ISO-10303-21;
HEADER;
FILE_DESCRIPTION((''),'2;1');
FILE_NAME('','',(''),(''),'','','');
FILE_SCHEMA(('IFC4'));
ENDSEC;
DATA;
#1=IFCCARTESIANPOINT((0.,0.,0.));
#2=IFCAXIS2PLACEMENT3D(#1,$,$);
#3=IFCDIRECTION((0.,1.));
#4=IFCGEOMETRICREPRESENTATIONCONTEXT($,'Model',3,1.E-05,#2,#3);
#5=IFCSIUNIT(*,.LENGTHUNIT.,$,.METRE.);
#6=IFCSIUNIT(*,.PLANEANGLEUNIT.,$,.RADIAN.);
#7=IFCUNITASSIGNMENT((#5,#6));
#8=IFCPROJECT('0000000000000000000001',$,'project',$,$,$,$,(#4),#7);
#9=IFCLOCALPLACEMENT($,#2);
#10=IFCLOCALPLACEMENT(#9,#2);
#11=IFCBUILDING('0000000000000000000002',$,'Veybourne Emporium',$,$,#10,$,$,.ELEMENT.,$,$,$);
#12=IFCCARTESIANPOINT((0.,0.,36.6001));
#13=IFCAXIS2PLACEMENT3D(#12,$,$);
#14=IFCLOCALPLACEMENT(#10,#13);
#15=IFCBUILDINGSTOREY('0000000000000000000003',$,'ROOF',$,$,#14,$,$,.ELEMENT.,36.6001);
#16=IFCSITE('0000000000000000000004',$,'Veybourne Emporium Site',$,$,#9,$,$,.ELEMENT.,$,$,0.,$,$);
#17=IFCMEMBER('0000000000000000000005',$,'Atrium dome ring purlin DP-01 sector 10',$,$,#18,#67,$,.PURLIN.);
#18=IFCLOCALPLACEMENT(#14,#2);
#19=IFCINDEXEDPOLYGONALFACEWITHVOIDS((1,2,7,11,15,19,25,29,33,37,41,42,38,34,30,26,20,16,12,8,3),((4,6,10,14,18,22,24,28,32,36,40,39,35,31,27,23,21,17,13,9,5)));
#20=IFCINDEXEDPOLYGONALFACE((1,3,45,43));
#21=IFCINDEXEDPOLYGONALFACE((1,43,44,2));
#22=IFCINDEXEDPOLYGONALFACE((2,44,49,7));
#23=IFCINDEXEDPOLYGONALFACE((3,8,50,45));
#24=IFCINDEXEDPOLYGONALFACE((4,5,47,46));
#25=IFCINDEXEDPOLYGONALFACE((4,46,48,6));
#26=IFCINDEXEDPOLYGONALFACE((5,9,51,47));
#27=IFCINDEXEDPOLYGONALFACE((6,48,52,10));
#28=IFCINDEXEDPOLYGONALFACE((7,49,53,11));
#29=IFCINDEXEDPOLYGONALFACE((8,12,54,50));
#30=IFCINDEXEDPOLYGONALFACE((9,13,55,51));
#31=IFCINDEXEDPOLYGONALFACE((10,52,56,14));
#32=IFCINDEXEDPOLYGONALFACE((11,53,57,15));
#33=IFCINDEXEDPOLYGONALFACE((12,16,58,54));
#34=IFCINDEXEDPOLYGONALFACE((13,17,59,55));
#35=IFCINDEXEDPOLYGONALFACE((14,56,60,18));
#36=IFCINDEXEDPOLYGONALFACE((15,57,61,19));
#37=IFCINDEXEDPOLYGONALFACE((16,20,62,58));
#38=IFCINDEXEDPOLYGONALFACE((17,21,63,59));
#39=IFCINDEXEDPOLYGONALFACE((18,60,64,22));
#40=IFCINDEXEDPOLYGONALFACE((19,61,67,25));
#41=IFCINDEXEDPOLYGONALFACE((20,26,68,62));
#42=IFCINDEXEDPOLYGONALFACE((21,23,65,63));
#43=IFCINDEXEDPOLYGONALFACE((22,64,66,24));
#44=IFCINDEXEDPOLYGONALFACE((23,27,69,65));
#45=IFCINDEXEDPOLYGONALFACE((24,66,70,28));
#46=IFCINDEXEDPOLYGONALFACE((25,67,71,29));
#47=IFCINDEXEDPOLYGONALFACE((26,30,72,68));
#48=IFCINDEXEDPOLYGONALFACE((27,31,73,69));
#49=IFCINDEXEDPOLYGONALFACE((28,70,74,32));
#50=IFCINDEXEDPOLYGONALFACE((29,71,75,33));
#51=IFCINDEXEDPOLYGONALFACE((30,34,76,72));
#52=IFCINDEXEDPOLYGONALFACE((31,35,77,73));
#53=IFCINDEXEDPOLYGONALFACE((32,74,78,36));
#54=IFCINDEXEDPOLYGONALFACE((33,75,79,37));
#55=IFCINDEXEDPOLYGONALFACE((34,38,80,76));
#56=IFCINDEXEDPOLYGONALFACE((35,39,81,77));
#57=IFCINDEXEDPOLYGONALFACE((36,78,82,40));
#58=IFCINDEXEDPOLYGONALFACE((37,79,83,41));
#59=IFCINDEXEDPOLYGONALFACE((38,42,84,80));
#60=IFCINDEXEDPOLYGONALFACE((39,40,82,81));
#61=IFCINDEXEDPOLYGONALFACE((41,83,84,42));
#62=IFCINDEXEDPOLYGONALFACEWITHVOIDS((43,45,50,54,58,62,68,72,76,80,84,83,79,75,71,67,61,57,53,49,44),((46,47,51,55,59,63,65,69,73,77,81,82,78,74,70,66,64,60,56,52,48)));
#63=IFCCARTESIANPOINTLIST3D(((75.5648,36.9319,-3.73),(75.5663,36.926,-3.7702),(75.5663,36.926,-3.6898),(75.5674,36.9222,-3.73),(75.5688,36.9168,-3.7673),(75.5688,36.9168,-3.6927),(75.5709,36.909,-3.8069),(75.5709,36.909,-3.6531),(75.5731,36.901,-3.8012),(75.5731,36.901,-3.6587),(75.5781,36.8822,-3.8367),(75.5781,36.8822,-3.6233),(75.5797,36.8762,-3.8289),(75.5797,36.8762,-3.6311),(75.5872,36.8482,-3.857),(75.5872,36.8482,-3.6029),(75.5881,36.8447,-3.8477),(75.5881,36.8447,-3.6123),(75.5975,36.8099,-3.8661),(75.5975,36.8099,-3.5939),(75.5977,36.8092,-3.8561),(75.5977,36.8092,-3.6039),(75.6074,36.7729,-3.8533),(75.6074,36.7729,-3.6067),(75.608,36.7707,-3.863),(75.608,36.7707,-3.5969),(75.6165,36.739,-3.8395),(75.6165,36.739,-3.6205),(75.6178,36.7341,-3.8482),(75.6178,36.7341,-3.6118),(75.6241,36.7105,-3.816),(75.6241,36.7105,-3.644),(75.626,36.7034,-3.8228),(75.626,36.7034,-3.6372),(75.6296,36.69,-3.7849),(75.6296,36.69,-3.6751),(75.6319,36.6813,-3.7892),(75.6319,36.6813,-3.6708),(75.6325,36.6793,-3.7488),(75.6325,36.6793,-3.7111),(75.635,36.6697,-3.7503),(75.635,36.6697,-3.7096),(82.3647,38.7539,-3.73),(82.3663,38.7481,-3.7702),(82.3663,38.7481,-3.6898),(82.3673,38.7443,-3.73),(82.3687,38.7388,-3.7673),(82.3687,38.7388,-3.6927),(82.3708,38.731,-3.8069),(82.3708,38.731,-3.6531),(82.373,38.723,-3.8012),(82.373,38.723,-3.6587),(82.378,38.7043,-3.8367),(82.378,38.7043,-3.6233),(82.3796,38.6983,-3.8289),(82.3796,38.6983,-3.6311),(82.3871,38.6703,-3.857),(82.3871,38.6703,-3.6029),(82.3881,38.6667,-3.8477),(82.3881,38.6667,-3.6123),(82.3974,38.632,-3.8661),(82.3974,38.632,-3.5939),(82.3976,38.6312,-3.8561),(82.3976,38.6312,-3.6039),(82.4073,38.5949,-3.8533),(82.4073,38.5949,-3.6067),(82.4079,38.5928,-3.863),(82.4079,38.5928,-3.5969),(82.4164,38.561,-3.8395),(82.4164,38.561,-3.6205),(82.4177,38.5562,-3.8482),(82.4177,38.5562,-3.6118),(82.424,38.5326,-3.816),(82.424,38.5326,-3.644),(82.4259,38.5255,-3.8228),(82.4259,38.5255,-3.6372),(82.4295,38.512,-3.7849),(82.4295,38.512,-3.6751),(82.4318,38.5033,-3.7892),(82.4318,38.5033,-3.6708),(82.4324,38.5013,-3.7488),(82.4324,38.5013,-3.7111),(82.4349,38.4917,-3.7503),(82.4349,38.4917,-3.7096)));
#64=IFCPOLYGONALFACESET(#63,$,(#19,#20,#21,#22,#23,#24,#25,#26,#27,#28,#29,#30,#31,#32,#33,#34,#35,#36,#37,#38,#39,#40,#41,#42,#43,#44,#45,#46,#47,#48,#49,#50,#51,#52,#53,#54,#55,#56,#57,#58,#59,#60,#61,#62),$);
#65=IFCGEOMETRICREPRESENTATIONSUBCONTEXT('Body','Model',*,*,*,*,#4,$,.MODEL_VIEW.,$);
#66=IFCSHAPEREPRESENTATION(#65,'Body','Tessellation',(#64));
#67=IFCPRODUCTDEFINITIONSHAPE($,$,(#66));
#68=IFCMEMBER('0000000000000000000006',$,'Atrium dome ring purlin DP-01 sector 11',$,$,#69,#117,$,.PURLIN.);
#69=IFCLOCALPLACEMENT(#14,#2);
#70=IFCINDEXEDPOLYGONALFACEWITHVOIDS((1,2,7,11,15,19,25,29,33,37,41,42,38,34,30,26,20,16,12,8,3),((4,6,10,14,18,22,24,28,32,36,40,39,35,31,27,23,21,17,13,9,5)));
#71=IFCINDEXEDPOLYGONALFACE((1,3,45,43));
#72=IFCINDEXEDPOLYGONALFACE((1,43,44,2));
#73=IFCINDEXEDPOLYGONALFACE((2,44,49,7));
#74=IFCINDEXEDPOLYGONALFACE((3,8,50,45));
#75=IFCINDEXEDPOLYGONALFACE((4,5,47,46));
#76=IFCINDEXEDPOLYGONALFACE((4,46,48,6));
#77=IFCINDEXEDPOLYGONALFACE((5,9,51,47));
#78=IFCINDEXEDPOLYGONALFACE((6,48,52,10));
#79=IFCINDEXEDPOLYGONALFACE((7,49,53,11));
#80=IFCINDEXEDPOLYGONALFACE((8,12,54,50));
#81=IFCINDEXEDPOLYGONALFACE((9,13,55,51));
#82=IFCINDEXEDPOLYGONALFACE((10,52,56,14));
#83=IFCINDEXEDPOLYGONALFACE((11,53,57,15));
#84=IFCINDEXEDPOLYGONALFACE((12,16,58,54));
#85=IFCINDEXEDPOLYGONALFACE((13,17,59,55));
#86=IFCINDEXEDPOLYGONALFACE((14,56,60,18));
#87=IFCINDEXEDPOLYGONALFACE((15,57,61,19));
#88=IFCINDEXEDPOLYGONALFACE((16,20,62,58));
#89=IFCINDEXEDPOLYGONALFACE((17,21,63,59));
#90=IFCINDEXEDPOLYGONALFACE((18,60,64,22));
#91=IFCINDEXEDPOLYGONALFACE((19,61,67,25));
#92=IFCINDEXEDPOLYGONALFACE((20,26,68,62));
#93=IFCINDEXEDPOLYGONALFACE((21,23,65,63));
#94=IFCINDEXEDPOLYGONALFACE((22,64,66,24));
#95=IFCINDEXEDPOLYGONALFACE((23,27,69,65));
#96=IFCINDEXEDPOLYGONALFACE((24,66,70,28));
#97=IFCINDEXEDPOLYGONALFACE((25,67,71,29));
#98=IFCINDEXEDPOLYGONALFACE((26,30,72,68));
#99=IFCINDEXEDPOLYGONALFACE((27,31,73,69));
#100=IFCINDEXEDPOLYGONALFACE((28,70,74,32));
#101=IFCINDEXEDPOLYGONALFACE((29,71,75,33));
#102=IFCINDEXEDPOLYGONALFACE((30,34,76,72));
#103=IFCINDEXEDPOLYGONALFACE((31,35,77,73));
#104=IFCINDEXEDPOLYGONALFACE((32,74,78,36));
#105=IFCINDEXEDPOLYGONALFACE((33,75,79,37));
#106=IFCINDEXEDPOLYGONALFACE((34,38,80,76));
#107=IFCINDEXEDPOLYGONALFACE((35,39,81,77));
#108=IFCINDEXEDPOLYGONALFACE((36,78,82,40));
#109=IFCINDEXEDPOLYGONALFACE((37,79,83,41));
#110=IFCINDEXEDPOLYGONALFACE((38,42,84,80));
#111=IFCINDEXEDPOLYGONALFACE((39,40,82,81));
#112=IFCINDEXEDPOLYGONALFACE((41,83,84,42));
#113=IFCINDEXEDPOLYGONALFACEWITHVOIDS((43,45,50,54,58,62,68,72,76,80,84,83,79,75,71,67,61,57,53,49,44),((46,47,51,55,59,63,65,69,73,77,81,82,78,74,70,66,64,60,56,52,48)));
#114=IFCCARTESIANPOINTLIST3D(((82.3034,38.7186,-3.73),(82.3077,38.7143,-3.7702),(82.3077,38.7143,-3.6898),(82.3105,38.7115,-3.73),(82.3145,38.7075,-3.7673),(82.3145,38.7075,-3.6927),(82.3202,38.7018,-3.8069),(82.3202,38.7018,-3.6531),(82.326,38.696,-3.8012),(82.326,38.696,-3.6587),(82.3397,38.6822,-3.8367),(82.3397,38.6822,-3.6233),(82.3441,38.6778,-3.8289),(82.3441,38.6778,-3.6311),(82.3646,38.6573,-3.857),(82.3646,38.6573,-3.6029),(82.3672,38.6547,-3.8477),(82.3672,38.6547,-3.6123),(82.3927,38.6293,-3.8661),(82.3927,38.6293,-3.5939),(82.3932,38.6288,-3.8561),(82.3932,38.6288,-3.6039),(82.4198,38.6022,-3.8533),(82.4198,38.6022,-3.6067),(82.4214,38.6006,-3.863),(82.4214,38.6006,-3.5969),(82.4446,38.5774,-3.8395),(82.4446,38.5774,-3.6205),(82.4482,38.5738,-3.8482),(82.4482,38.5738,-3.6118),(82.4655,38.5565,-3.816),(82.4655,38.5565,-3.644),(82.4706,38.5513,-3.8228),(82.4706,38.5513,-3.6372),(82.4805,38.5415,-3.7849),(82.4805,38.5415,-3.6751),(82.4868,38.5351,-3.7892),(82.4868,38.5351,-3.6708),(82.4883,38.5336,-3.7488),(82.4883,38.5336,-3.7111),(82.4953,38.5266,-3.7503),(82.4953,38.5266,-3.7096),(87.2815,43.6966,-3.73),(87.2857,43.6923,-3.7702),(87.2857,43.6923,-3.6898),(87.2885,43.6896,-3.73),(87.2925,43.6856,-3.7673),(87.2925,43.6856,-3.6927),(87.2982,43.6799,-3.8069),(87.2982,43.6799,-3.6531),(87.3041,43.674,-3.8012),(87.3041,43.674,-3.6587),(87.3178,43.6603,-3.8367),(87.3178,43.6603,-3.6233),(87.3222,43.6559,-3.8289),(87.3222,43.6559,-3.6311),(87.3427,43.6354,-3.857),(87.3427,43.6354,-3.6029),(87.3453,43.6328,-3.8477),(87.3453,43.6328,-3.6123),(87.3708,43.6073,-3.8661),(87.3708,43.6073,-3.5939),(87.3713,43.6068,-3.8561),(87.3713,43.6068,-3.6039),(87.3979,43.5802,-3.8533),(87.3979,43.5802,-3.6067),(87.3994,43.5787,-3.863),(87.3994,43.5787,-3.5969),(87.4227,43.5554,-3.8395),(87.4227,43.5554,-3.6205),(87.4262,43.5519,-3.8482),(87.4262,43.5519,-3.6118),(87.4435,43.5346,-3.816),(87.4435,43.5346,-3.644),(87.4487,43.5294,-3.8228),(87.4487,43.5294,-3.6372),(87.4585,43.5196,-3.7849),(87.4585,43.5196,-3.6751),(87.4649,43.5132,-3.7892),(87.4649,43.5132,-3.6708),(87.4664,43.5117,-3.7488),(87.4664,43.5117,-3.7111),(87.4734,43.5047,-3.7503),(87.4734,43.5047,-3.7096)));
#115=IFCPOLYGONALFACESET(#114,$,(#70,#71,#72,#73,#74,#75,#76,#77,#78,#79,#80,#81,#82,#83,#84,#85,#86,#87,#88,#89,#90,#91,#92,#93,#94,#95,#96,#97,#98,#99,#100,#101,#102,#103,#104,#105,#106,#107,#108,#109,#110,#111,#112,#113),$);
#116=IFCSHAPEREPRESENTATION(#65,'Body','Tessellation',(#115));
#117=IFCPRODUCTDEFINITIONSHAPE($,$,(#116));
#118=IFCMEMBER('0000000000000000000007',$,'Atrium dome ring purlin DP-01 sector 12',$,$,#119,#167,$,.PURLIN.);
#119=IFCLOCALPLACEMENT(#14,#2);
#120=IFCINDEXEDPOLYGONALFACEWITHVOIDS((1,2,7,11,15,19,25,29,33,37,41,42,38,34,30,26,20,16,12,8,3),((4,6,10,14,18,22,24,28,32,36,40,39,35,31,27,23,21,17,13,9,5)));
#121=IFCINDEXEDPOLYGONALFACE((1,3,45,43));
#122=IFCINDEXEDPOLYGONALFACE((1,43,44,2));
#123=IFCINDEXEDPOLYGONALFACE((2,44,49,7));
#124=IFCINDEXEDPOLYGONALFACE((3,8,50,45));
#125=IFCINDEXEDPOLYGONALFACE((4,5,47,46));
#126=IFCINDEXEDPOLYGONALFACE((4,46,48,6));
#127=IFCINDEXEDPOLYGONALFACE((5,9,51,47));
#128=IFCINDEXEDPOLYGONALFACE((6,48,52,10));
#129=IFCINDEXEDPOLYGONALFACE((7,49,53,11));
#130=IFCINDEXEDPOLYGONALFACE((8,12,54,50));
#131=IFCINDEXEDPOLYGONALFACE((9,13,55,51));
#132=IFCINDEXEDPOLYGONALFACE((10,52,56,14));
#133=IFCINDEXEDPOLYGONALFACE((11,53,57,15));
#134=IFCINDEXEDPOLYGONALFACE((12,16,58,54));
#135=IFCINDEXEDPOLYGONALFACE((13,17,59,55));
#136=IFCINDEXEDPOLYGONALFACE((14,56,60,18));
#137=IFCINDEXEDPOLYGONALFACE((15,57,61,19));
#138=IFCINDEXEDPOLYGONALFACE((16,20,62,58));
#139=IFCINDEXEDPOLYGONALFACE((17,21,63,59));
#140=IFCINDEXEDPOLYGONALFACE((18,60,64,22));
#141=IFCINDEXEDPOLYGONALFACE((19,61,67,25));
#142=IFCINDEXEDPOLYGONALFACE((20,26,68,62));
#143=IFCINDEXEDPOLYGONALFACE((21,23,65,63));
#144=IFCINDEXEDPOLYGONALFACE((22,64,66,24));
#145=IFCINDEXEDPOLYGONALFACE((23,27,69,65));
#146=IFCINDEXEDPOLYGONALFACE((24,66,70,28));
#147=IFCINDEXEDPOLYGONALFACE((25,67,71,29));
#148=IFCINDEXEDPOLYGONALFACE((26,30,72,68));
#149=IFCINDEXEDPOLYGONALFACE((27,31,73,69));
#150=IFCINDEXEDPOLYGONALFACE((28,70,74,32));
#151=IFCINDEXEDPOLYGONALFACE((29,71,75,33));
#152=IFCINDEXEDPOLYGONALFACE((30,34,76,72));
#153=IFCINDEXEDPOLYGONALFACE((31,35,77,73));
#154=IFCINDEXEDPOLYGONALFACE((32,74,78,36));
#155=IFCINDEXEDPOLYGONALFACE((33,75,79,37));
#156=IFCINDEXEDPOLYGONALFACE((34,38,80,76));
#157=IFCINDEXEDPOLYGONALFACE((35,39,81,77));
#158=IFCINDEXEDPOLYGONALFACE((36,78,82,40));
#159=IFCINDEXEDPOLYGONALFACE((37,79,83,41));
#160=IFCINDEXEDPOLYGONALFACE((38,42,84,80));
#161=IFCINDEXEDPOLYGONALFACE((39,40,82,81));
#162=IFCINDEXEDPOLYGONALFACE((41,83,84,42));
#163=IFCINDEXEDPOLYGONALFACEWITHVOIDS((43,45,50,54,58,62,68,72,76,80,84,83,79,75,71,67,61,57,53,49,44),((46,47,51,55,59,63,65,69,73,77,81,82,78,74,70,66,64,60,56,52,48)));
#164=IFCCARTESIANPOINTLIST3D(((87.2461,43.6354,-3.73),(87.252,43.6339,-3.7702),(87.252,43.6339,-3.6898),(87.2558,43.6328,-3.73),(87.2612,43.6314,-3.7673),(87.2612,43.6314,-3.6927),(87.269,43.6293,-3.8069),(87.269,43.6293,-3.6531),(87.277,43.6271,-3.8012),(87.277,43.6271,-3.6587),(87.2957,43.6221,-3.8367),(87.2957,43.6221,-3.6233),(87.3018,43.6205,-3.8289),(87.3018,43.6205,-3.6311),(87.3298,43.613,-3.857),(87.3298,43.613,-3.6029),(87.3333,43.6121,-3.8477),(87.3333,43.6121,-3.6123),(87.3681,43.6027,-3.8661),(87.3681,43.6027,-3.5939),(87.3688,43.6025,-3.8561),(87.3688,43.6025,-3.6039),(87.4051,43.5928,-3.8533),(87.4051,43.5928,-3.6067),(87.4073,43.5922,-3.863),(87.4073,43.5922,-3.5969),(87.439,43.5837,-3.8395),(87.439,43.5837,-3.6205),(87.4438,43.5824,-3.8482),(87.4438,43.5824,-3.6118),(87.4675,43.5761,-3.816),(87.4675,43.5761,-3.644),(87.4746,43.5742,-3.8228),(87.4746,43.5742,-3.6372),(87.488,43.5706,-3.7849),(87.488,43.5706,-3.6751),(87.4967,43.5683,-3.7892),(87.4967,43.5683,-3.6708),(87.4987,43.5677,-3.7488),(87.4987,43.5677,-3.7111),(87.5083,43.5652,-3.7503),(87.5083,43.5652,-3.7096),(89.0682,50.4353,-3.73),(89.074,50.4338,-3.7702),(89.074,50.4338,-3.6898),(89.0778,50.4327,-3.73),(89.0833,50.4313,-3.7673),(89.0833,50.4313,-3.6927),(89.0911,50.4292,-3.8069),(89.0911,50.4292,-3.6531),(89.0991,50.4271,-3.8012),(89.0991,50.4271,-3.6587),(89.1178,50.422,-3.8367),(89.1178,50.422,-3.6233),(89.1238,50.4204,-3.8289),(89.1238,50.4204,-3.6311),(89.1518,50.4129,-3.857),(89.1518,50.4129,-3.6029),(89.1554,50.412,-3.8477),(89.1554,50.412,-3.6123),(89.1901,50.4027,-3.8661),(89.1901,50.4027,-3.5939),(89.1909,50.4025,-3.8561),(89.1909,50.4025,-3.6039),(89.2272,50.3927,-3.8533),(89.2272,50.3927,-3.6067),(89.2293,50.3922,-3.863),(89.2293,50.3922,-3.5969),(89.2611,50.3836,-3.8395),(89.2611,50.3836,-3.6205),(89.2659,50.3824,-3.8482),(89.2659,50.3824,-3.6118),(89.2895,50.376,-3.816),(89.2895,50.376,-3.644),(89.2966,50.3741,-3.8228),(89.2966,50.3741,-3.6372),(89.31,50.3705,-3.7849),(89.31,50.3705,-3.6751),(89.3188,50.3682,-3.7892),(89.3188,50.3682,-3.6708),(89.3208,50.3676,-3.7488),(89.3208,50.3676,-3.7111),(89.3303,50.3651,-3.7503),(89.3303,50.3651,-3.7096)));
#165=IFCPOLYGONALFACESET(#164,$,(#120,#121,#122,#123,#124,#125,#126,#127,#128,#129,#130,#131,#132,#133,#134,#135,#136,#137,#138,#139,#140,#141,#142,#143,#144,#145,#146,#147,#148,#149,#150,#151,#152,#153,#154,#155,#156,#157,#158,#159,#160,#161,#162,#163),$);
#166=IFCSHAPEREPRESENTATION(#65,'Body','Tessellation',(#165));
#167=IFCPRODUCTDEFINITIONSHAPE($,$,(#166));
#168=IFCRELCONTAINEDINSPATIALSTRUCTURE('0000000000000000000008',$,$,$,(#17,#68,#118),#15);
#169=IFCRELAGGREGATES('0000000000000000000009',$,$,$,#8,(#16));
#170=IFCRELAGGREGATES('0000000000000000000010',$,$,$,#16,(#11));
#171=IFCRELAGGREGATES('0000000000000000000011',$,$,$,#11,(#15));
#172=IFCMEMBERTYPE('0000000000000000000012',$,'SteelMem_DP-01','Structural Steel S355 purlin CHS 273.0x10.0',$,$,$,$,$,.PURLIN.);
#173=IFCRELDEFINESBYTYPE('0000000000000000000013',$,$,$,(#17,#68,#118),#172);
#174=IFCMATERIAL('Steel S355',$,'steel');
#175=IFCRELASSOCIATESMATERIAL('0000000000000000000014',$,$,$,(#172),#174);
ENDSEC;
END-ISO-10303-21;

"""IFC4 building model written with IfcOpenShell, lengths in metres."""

from ifc_helpers import new_model, si_unit, direction, frame, origin, origin_2d, place, context, subcontext, project, spatial, hollow_circle, extrude, material, material_profile, profile_set, type_object, element, save


model = new_model("IFC4")

# Units and contexts
model_context = context("Model", 3, precision=1e-05, world=origin(), true_north=direction((0.0, 1.0)))
body_context = subcontext(model_context, "Body", "Model", "MODEL_VIEW")
ifc_project = project(units=[si_unit("LENGTHUNIT", "METRE"), si_unit("PLANEANGLEUNIT", "RADIAN")], contexts=[model_context])

# Site, building, storey
site_placement = place(None, origin())
site = spatial("IfcSite", under=ifc_project, at=site_placement, Name="Veybourne Emporium Site", CompositionType="ELEMENT", RefElevation=0.0)
building_placement = place(site_placement, origin())
building = spatial("IfcBuilding", under=site, at=building_placement, Name="Veybourne Emporium", CompositionType="ELEMENT")
storey_placement = place(building_placement, frame((0.0, 0.0, 36.6001)))
storey = spatial("IfcBuildingStorey", under=building, at=storey_placement, Name="ROOF", CompositionType="ELEMENT", Elevation=36.6001)

# Shared definitions
ifc_material_1 = material(Name="Steel S355", Category="steel")

# Members
ifc_material_profile_1 = material_profile(ifc_material_1, hollow_circle(Radius=0.1365, WallThickness=0.01, at=origin_2d()), Name="CHS 273.0x10.0")
ifc_profile_set_1 = profile_set([ifc_material_profile_1], Name="Steel S355")
member_type_1 = type_object("IfcMemberType", Name="SteelMem_DP-01", Description="Structural Steel S355 purlin CHS 273.0x10.0", PredefinedType="PURLIN", material=ifc_profile_set_1)
member_1_placement = place(storey_placement, frame((75.6001, 36.8, -3.73), z_axis=(0.965925, 0.258822, 0.0), x_axis=(-0.258822, 0.965925, 0.0)))
element("IfcMember", 1, at=member_1_placement, inside=storey, type_object=member_type_1, Name="Atrium dome ring purlin DP-01 sector 10", PredefinedType="PURLIN", context=body_context, shape_type="SweptSolid", body=[
    extrude(hollow_circle(Radius=0.1365, WallThickness=0.01, at=origin_2d()), origin(), (0.0, 0.0, 1.0), 7.0398),
])
member_2_placement = place(storey_placement, frame((82.3999, 38.6221, -3.73), z_axis=(0.707107, 0.707107, 0.0), x_axis=(-0.707107, 0.707107, 0.0)))
element("IfcMember", 2, at=member_2_placement, inside=storey, type_object=member_type_1, Name="Atrium dome ring purlin DP-01 sector 11", PredefinedType="PURLIN", context=body_context, shape_type="SweptSolid", body=[
    extrude(hollow_circle(Radius=0.1365, WallThickness=0.01, at=origin_2d()), origin(), (0.0, 0.0, 1.0), 7.04),
])
member_3_placement = place(storey_placement, frame((87.3779, 43.6001, -3.73), z_axis=(0.258822, 0.965925, 0.0), x_axis=(-0.965925, 0.258822, 0.0)))
element("IfcMember", 3, at=member_3_placement, inside=storey, type_object=member_type_1, Name="Atrium dome ring purlin DP-01 sector 12", PredefinedType="PURLIN", context=body_context, shape_type="SweptSolid", body=[
    extrude(hollow_circle(Radius=0.1365, WallThickness=0.01, at=origin_2d()), origin(), (0.0, 0.0, 1.0), 7.0398),
])

save(model, "model.ifc")
